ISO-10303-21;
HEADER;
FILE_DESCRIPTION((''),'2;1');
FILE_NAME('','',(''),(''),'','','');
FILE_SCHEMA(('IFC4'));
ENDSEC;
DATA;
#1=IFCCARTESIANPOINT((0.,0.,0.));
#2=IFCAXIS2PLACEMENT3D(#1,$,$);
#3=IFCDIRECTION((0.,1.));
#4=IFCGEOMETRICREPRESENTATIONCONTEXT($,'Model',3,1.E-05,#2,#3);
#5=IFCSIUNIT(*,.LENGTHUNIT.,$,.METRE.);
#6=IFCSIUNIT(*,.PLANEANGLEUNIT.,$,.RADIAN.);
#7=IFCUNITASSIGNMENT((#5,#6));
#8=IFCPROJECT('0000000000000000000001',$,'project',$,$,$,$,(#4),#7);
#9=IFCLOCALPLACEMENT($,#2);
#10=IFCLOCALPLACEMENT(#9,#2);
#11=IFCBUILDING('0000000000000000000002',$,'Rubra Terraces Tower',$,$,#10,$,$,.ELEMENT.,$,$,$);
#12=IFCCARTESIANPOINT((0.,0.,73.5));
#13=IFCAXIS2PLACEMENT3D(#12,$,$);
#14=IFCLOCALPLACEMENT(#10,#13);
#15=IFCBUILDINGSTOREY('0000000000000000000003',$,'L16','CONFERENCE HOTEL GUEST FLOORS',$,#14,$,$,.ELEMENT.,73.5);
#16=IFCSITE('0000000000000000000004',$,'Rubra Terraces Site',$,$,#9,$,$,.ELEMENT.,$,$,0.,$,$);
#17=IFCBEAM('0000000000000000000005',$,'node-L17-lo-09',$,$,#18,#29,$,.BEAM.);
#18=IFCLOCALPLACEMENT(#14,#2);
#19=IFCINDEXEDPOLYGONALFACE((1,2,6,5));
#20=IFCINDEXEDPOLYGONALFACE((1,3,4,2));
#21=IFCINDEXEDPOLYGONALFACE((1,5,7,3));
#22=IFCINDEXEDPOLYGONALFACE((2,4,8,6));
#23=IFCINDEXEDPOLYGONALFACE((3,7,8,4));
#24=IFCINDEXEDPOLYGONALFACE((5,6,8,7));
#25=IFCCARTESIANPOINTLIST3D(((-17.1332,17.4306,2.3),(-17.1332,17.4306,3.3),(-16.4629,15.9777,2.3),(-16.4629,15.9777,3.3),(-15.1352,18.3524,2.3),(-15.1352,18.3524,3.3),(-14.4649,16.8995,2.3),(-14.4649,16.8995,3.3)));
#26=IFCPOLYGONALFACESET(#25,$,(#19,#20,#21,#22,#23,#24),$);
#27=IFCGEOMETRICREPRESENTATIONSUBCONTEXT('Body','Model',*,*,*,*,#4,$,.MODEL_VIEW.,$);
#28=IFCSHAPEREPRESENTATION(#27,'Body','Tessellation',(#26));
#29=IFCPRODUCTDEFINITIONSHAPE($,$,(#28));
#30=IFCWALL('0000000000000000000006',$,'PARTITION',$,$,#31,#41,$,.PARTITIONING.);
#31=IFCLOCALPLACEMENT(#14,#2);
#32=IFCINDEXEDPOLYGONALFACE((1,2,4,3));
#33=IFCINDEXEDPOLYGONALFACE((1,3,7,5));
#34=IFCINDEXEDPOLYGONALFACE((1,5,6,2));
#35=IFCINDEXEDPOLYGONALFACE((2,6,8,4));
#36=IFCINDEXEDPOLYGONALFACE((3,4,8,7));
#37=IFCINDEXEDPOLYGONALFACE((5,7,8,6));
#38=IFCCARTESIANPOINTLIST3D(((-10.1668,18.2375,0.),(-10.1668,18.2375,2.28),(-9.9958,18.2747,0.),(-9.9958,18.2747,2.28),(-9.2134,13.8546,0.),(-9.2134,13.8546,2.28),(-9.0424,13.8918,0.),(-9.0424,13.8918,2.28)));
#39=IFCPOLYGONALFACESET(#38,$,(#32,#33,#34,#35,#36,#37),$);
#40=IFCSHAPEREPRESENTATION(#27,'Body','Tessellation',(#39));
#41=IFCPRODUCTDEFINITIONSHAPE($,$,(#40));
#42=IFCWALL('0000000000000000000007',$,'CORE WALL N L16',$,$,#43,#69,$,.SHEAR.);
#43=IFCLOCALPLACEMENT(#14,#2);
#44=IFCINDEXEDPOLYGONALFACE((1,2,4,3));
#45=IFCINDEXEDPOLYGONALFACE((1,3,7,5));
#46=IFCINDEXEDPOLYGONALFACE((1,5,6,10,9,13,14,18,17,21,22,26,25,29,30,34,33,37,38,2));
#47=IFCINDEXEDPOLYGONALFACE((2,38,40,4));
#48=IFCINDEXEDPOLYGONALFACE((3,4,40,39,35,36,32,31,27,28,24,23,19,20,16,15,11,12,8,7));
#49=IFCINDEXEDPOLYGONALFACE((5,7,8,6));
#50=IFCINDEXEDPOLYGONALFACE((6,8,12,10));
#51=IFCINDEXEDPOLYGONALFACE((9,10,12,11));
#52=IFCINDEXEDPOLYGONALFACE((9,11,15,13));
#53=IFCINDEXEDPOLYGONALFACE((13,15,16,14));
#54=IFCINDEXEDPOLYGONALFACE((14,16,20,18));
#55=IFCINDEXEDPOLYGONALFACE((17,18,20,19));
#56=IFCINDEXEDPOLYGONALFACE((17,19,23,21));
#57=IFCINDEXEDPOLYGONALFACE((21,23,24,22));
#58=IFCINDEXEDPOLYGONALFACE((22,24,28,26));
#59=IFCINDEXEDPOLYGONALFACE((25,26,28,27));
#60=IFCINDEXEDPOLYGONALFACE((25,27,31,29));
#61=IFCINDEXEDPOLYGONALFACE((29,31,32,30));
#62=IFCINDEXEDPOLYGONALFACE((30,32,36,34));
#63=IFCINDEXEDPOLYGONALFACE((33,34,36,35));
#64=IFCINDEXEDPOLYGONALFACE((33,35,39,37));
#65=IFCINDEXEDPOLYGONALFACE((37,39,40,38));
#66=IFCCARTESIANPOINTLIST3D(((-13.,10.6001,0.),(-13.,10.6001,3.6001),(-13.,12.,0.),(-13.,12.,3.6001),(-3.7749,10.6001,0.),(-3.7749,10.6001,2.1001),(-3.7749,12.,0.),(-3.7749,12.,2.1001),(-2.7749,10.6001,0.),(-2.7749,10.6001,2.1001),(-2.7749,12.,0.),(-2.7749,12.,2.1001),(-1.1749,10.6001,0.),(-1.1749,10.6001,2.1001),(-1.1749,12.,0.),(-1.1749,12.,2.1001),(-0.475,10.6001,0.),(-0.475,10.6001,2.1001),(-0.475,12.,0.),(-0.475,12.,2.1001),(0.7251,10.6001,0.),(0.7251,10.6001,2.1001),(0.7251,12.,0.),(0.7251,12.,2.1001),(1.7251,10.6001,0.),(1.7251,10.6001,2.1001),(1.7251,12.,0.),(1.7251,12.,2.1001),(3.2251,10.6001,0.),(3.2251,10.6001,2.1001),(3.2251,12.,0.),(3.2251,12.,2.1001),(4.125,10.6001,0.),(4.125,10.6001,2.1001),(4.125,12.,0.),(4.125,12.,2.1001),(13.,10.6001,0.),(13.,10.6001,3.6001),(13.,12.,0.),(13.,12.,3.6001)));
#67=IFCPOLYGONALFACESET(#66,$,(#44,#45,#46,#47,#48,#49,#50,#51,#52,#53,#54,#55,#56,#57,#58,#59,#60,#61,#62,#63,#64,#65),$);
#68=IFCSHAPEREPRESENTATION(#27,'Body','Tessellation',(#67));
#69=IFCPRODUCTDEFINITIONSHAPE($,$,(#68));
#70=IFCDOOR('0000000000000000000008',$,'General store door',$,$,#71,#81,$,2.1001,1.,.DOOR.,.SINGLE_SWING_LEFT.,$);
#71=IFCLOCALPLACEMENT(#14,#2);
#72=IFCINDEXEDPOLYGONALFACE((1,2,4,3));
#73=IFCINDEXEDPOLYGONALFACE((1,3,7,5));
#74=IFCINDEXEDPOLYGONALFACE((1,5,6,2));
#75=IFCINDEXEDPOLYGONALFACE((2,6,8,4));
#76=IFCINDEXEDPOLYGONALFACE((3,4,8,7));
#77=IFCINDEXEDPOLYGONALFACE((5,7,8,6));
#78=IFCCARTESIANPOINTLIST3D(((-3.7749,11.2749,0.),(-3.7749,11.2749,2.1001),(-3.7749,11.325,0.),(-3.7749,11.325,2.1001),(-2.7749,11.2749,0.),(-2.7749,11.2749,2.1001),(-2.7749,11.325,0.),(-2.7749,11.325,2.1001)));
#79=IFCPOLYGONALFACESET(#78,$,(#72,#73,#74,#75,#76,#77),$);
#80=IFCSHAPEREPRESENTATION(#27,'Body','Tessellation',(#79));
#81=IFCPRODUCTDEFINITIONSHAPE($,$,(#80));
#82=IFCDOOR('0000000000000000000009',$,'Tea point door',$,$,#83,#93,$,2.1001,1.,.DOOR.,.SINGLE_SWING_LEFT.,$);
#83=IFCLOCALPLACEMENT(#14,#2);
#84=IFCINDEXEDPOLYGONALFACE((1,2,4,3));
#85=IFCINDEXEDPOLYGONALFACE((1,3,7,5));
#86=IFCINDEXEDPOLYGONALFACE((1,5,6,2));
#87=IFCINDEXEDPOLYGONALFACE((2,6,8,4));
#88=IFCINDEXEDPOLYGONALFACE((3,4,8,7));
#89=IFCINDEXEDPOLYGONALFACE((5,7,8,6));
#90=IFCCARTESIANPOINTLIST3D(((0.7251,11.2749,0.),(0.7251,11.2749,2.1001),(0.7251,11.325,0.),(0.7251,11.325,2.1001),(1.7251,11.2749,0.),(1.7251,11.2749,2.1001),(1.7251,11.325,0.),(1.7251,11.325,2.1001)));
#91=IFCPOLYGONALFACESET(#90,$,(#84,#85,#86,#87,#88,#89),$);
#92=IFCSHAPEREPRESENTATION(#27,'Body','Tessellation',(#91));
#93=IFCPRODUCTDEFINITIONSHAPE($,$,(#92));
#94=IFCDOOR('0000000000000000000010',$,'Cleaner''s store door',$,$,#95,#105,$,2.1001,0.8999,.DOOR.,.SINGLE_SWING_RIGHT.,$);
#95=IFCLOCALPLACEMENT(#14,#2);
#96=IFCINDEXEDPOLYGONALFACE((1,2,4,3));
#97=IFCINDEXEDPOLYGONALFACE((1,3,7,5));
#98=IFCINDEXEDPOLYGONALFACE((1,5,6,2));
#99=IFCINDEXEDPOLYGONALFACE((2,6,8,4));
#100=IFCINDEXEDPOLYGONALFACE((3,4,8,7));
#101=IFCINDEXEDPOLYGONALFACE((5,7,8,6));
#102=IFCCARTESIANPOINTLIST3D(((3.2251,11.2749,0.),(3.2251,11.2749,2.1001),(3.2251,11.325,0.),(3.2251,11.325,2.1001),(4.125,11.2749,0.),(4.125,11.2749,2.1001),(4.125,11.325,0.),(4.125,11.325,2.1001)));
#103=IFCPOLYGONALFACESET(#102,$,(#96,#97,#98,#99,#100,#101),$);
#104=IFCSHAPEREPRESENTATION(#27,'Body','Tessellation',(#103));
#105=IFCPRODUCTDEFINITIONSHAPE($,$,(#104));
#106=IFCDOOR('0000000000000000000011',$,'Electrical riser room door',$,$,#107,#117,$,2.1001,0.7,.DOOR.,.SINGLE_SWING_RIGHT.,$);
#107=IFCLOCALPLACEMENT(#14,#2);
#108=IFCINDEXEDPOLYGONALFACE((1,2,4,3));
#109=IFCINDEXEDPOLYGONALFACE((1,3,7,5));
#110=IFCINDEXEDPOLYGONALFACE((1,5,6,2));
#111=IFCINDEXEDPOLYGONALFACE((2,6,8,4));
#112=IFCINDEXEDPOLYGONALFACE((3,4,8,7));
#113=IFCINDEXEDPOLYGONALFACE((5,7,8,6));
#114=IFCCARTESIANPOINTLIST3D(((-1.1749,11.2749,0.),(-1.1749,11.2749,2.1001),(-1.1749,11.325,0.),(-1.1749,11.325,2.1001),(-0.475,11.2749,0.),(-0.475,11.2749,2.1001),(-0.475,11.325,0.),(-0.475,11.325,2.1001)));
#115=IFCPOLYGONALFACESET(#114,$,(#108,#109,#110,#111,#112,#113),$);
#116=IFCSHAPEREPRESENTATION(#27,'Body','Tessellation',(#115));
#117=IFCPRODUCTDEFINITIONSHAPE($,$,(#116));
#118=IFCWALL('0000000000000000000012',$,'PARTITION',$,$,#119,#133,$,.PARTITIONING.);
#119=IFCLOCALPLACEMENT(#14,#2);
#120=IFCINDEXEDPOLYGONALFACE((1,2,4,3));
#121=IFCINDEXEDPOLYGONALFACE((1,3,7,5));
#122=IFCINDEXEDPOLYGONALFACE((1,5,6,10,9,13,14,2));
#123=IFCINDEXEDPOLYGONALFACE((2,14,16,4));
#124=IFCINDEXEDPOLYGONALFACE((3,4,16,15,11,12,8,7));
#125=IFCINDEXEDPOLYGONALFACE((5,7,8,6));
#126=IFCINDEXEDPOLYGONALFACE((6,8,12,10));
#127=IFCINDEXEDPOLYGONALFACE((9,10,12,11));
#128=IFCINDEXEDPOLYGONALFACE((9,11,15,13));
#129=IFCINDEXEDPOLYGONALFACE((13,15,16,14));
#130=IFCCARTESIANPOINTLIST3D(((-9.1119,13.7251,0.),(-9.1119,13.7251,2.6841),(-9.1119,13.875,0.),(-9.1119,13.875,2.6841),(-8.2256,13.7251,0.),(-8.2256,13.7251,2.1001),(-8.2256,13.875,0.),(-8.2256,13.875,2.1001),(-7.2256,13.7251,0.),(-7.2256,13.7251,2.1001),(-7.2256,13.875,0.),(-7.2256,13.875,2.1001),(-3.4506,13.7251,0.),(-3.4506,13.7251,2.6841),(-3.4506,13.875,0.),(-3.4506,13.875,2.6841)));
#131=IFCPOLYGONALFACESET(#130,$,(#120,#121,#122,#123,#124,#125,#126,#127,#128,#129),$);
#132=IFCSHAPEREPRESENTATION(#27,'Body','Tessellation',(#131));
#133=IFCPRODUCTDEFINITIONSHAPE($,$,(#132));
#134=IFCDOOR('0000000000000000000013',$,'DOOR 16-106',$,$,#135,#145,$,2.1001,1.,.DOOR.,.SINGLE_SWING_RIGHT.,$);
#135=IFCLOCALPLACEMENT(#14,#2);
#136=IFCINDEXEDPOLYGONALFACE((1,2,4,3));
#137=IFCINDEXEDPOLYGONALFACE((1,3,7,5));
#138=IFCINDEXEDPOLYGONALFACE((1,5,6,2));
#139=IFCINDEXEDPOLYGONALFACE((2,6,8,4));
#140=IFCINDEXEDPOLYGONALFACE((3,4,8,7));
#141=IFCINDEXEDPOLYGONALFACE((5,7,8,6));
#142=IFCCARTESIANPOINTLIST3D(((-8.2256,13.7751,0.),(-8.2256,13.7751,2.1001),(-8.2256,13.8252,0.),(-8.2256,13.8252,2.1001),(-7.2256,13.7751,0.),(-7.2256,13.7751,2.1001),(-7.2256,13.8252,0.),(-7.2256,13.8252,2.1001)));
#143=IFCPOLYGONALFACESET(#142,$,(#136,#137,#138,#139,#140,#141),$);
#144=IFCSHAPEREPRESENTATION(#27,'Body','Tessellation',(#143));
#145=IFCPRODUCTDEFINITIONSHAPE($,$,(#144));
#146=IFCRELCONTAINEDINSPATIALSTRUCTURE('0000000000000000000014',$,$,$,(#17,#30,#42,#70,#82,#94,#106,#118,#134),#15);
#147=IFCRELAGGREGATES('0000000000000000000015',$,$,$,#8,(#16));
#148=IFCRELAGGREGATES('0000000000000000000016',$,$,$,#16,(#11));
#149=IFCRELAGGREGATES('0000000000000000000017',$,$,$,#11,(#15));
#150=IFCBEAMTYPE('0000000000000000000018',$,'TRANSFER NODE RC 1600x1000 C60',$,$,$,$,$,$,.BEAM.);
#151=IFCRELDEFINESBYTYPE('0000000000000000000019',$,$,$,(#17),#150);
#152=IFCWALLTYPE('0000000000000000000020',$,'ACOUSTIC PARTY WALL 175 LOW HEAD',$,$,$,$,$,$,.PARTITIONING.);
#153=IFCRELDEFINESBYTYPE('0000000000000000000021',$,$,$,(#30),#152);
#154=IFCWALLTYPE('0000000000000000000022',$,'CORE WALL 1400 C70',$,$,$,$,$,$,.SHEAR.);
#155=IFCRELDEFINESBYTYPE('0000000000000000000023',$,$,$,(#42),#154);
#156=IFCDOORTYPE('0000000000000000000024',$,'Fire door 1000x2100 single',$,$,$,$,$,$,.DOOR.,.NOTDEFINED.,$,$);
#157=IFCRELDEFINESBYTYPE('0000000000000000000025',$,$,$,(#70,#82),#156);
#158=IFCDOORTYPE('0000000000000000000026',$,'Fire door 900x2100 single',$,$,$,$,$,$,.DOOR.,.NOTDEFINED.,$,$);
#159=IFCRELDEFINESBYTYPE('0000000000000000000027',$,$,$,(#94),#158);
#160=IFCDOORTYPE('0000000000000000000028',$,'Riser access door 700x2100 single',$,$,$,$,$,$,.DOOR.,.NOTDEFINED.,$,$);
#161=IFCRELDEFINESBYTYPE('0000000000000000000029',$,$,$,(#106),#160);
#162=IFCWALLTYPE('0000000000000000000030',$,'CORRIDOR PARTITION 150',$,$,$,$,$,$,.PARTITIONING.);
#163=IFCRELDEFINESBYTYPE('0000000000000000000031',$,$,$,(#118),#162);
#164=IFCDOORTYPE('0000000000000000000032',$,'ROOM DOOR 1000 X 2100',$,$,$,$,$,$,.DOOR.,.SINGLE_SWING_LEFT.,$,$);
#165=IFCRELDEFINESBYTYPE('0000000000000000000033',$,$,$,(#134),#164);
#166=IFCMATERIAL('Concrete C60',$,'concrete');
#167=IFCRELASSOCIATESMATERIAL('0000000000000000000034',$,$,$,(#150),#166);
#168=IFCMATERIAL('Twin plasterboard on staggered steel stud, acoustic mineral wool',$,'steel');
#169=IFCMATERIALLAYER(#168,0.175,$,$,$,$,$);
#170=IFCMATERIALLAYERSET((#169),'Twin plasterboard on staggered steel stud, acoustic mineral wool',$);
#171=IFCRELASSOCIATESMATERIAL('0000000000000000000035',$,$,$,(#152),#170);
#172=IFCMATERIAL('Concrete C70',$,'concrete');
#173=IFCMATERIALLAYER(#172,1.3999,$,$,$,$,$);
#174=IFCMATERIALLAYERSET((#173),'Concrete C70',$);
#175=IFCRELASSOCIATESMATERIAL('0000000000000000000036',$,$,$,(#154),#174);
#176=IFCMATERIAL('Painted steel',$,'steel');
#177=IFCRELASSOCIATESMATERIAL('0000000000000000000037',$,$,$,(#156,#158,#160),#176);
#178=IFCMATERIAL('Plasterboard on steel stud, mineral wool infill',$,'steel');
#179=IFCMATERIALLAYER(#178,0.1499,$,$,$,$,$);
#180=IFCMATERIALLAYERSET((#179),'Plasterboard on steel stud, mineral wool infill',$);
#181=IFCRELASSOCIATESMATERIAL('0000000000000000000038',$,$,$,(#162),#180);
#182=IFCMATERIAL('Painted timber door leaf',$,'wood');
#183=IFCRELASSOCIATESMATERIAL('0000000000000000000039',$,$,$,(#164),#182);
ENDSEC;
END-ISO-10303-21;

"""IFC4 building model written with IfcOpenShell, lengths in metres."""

from ifc_helpers import new_model, si_unit, direction, frame, frame_2d, origin, origin_2d, place, context, subcontext, project, spatial, rectangle, extrude, material, layer, layer_set, material_profile, profile_set, type_object, element, fill, save


model = new_model("IFC4")

# Units and contexts
model_context = context("Model", 3, precision=1e-05, world=origin(), true_north=direction((0.0, 1.0)))
body_context = subcontext(model_context, "Body", "Model", "MODEL_VIEW")
ifc_project = project(units=[si_unit("LENGTHUNIT", "METRE"), si_unit("PLANEANGLEUNIT", "RADIAN")], contexts=[model_context])

# Site, building, storey
site_placement = place(None, origin())
site = spatial("IfcSite", under=ifc_project, at=site_placement, Name="Rubra Terraces Site", CompositionType="ELEMENT", RefElevation=0.0)
building_placement = place(site_placement, origin())
building = spatial("IfcBuilding", under=site, at=building_placement, Name="Rubra Terraces Tower", CompositionType="ELEMENT")
storey_placement = place(building_placement, frame((0.0, 0.0, 73.5)))
storey = spatial("IfcBuildingStorey", under=building, at=storey_placement, Name="L16", Description="CONFERENCE HOTEL GUEST FLOORS", CompositionType="ELEMENT", Elevation=73.5)

# Beam
ifc_material_1 = material(Name="Concrete C60", Category="concrete")
ifc_material_profile = material_profile(ifc_material_1, rectangle(XDim=1.6001, YDim=1.0, at=origin_2d()), Name="RC 1600x1000")
ifc_profile_set = profile_set([ifc_material_profile], Name="Concrete C60")
beam_type = type_object("IfcBeamType", Name="TRANSFER NODE RC 1600x1000 C60", PredefinedType="BEAM", material=ifc_profile_set)
beam_placement = place(storey_placement, frame((-14.8, 17.626, 2.8), z_axis=(-0.908011, -0.418946, 0.0), x_axis=(0.418946, -0.908011, 0.0)))
element("IfcBeam", 1, at=beam_placement, inside=storey, type_object=beam_type, Name="node-L17-lo-09", PredefinedType="BEAM", context=body_context, shape_type="SweptSolid", body=[
    extrude(rectangle(XDim=1.6001, YDim=1.0, at=origin_2d()), origin(), (0.0, 0.0, 1.0), 2.2004),
])

# Wall
ifc_material_2 = material(Name="Twin plasterboard on staggered steel stud, acoustic mineral wool", Category="steel")
ifc_layer_1 = layer(ifc_material_2, 0.175)
ifc_layer_set_1 = layer_set([ifc_layer_1], Name="Twin plasterboard on staggered steel stud, acoustic mineral wool")
wall_type_1 = type_object("IfcWallType", Name="ACOUSTIC PARTY WALL 175 LOW HEAD", PredefinedType="PARTITIONING", material=ifc_layer_set_1)
wall_1_placement = place(storey_placement, frame((-10.0813, 18.2561, 0.0), z_axis=(0.0, 0.0, 1.0), x_axis=(0.212554, -0.977149, 0.0)))
element("IfcWall", 2, at=wall_1_placement, inside=storey, type_object=wall_type_1, Name="PARTITION", PredefinedType="PARTITIONING", context=body_context, shape_type="SweptSolid", body=[
    extrude(rectangle(XDim=4.4854, YDim=0.175, at=frame_2d((2.2427, 0.0))), origin(), (0.0, 0.0, 1.0), 2.28),
])

# Wall, openings, doors
ifc_material_3 = material(Name="Concrete C70", Category="concrete")
ifc_layer_2 = layer(ifc_material_3, 1.3999)
ifc_layer_set_2 = layer_set([ifc_layer_2], Name="Concrete C70")
wall_type_2 = type_object("IfcWallType", Name="CORE WALL 1400 C70", PredefinedType="SHEAR", material=ifc_layer_set_2)
wall_2_placement = place(storey_placement, frame((-13.0, 11.3, 0.0), z_axis=(0.0, 0.0, 1.0), x_axis=(1.0, 0.0, 0.0)))
wall_2 = element("IfcWall", 3, at=wall_2_placement, inside=storey, type_object=wall_type_2, Name="CORE WALL N L16", PredefinedType="SHEAR", context=body_context, shape_type="SweptSolid", body=[
    extrude(rectangle(XDim=26.0, YDim=1.3999, at=frame_2d((13.0, 0.0))), origin(), (0.0, 0.0, 1.0), 3.6001),
])
opening_1_placement = place(wall_2_placement, frame((9.2251, 0.0, 0.0)))
opening_1 = element("IfcOpeningElement", 4, at=opening_1_placement, cuts=wall_2, PredefinedType="OPENING", context=body_context, shape_type="SweptSolid", body=[
    extrude(rectangle(XDim=1.0, YDim=2.1001, at=frame_2d((0.5, 1.05))), frame((0.0, 0.71, 0.0), z_axis=(0.0, -1.0, 0.0), x_axis=(1.0, 0.0, 0.0)), (0.0, 0.0, 1.0), 1.4199),
])
opening_2_placement = place(wall_2_placement, frame((11.825, 0.0, 0.0)))
opening_2 = element("IfcOpeningElement", 5, at=opening_2_placement, cuts=wall_2, PredefinedType="OPENING", context=body_context, shape_type="SweptSolid", body=[
    extrude(rectangle(XDim=0.7, YDim=2.1001, at=frame_2d((0.3501, 1.05))), frame((0.0, 0.71, 0.0), z_axis=(0.0, -1.0, 0.0), x_axis=(1.0, 0.0, 0.0)), (0.0, 0.0, 1.0), 1.4199),
])
opening_3_placement = place(wall_2_placement, frame((13.7251, 0.0, 0.0)))
opening_3 = element("IfcOpeningElement", 6, at=opening_3_placement, cuts=wall_2, PredefinedType="OPENING", context=body_context, shape_type="SweptSolid", body=[
    extrude(rectangle(XDim=1.0, YDim=2.1001, at=frame_2d((0.5, 1.05))), frame((0.0, 0.71, 0.0), z_axis=(0.0, -1.0, 0.0), x_axis=(1.0, 0.0, 0.0)), (0.0, 0.0, 1.0), 1.4199),
])
opening_4_placement = place(wall_2_placement, frame((16.2251, 0.0, 0.0)))
opening_4 = element("IfcOpeningElement", 7, at=opening_4_placement, cuts=wall_2, PredefinedType="OPENING", context=body_context, shape_type="SweptSolid", body=[
    extrude(rectangle(XDim=0.8999, YDim=2.1001, at=frame_2d((0.45, 1.05))), frame((0.0, 0.71, 0.0), z_axis=(0.0, -1.0, 0.0), x_axis=(1.0, 0.0, 0.0)), (0.0, 0.0, 1.0), 1.4199),
])
ifc_material_4 = material(Name="Painted steel", Category="steel")
door_type_1 = type_object("IfcDoorType", Name="Fire door 1000x2100 single", OperationType="NOTDEFINED", PredefinedType="DOOR", material=ifc_material_4)
door_1_placement = place(opening_1_placement, origin())
door_1 = element("IfcDoor", 8, at=door_1_placement, inside=storey, type_object=door_type_1, Name="General store door", OperationType="SINGLE_SWING_LEFT", OverallHeight=2.1001, OverallWidth=1.0, PredefinedType="DOOR", context=body_context, shape_type="SweptSolid", body=[
    extrude(rectangle(XDim=1.0, YDim=2.1001, at=frame_2d((0.5, 1.05))), frame((0.0, 0.0249, 0.0), z_axis=(0.0, -1.0, 0.0), x_axis=(1.0, 0.0, 0.0)), (0.0, 0.0, 1.0), 0.05),
])
fill(opening_1, door_1)
door_2_placement = place(opening_3_placement, origin())
door_2 = element("IfcDoor", 9, at=door_2_placement, inside=storey, type_object=door_type_1, Name="Tea point door", OperationType="SINGLE_SWING_LEFT", OverallHeight=2.1001, OverallWidth=1.0, PredefinedType="DOOR", context=body_context, shape_type="SweptSolid", body=[
    extrude(rectangle(XDim=1.0, YDim=2.1001, at=frame_2d((0.5, 1.05))), frame((0.0, 0.0249, 0.0), z_axis=(0.0, -1.0, 0.0), x_axis=(1.0, 0.0, 0.0)), (0.0, 0.0, 1.0), 0.05),
])
fill(opening_3, door_2)
door_type_2 = type_object("IfcDoorType", Name="Fire door 900x2100 single", OperationType="NOTDEFINED", PredefinedType="DOOR", material=ifc_material_4)
door_3_placement = place(opening_4_placement, origin())
door_3 = element("IfcDoor", 10, at=door_3_placement, inside=storey, type_object=door_type_2, Name="Cleaner's store door", OperationType="SINGLE_SWING_RIGHT", OverallHeight=2.1001, OverallWidth=0.8999, PredefinedType="DOOR", context=body_context, shape_type="SweptSolid", body=[
    extrude(rectangle(XDim=0.8999, YDim=2.1001, at=frame_2d((0.45, 1.05))), frame((0.0, 0.0249, 0.0), z_axis=(0.0, -1.0, 0.0), x_axis=(1.0, 0.0, 0.0)), (0.0, 0.0, 1.0), 0.05),
])
fill(opening_4, door_3)
door_type_3 = type_object("IfcDoorType", Name="Riser access door 700x2100 single", OperationType="NOTDEFINED", PredefinedType="DOOR", material=ifc_material_4)
door_4_placement = place(opening_2_placement, origin())
door_4 = element("IfcDoor", 11, at=door_4_placement, inside=storey, type_object=door_type_3, Name="Electrical riser room door", OperationType="SINGLE_SWING_RIGHT", OverallHeight=2.1001, OverallWidth=0.7, PredefinedType="DOOR", context=body_context, shape_type="SweptSolid", body=[
    extrude(rectangle(XDim=0.7, YDim=2.1001, at=frame_2d((0.3501, 1.05))), frame((0.0, 0.0249, 0.0), z_axis=(0.0, -1.0, 0.0), x_axis=(1.0, 0.0, 0.0)), (0.0, 0.0, 1.0), 0.05),
])
fill(opening_2, door_4)

# Wall, opening, door
ifc_material_5 = material(Name="Plasterboard on steel stud, mineral wool infill", Category="steel")
ifc_layer_3 = layer(ifc_material_5, 0.1499)
ifc_layer_set_3 = layer_set([ifc_layer_3], Name="Plasterboard on steel stud, mineral wool infill")
wall_type_3 = type_object("IfcWallType", Name="CORRIDOR PARTITION 150", PredefinedType="PARTITIONING", material=ifc_layer_set_3)
wall_3_placement = place(storey_placement, frame((-3.4507, 13.8, 0.0), z_axis=(0.0, 0.0, 1.0), x_axis=(-1.0, 0.0, 0.0)))
wall_3 = element("IfcWall", 12, at=wall_3_placement, inside=storey, type_object=wall_type_3, Name="PARTITION", PredefinedType="PARTITIONING", context=body_context, shape_type="SweptSolid", body=[
    extrude(rectangle(XDim=5.6614, YDim=0.1499, at=frame_2d((2.8306, 0.0))), origin(), (0.0, 0.0, 1.0), 2.6841),
])
opening_5_placement = place(wall_3_placement, frame((3.7749, 0.0, 0.0)))
opening_5 = element("IfcOpeningElement", 13, at=opening_5_placement, cuts=wall_3, PredefinedType="OPENING", context=body_context, shape_type="SweptSolid", body=[
    extrude(rectangle(XDim=1.0, YDim=2.1001, at=frame_2d((0.5, 1.05))), frame((0.0, 0.085, 0.0), z_axis=(0.0, -1.0, 0.0), x_axis=(1.0, 0.0, 0.0)), (0.0, 0.0, 1.0), 0.1699),
])
ifc_material_6 = material(Name="Painted timber door leaf", Category="wood")
door_type_4 = type_object("IfcDoorType", Name="ROOM DOOR 1000 X 2100", OperationType="SINGLE_SWING_LEFT", PredefinedType="DOOR", material=ifc_material_6)
door_5_placement = place(opening_5_placement, origin())
door_5 = element("IfcDoor", 14, at=door_5_placement, inside=storey, type_object=door_type_4, Name="DOOR 16-106", OperationType="SINGLE_SWING_RIGHT", OverallHeight=2.1001, OverallWidth=1.0, PredefinedType="DOOR", context=body_context, shape_type="SweptSolid", body=[
    extrude(rectangle(XDim=1.0, YDim=2.1001, at=frame_2d((0.5, 1.05))), frame((0.0, 0.0249, 0.0), z_axis=(0.0, -1.0, 0.0), x_axis=(1.0, 0.0, 0.0)), (0.0, 0.0, 1.0), 0.05),
])
fill(opening_5, door_5)

save(model, "model.ifc")
